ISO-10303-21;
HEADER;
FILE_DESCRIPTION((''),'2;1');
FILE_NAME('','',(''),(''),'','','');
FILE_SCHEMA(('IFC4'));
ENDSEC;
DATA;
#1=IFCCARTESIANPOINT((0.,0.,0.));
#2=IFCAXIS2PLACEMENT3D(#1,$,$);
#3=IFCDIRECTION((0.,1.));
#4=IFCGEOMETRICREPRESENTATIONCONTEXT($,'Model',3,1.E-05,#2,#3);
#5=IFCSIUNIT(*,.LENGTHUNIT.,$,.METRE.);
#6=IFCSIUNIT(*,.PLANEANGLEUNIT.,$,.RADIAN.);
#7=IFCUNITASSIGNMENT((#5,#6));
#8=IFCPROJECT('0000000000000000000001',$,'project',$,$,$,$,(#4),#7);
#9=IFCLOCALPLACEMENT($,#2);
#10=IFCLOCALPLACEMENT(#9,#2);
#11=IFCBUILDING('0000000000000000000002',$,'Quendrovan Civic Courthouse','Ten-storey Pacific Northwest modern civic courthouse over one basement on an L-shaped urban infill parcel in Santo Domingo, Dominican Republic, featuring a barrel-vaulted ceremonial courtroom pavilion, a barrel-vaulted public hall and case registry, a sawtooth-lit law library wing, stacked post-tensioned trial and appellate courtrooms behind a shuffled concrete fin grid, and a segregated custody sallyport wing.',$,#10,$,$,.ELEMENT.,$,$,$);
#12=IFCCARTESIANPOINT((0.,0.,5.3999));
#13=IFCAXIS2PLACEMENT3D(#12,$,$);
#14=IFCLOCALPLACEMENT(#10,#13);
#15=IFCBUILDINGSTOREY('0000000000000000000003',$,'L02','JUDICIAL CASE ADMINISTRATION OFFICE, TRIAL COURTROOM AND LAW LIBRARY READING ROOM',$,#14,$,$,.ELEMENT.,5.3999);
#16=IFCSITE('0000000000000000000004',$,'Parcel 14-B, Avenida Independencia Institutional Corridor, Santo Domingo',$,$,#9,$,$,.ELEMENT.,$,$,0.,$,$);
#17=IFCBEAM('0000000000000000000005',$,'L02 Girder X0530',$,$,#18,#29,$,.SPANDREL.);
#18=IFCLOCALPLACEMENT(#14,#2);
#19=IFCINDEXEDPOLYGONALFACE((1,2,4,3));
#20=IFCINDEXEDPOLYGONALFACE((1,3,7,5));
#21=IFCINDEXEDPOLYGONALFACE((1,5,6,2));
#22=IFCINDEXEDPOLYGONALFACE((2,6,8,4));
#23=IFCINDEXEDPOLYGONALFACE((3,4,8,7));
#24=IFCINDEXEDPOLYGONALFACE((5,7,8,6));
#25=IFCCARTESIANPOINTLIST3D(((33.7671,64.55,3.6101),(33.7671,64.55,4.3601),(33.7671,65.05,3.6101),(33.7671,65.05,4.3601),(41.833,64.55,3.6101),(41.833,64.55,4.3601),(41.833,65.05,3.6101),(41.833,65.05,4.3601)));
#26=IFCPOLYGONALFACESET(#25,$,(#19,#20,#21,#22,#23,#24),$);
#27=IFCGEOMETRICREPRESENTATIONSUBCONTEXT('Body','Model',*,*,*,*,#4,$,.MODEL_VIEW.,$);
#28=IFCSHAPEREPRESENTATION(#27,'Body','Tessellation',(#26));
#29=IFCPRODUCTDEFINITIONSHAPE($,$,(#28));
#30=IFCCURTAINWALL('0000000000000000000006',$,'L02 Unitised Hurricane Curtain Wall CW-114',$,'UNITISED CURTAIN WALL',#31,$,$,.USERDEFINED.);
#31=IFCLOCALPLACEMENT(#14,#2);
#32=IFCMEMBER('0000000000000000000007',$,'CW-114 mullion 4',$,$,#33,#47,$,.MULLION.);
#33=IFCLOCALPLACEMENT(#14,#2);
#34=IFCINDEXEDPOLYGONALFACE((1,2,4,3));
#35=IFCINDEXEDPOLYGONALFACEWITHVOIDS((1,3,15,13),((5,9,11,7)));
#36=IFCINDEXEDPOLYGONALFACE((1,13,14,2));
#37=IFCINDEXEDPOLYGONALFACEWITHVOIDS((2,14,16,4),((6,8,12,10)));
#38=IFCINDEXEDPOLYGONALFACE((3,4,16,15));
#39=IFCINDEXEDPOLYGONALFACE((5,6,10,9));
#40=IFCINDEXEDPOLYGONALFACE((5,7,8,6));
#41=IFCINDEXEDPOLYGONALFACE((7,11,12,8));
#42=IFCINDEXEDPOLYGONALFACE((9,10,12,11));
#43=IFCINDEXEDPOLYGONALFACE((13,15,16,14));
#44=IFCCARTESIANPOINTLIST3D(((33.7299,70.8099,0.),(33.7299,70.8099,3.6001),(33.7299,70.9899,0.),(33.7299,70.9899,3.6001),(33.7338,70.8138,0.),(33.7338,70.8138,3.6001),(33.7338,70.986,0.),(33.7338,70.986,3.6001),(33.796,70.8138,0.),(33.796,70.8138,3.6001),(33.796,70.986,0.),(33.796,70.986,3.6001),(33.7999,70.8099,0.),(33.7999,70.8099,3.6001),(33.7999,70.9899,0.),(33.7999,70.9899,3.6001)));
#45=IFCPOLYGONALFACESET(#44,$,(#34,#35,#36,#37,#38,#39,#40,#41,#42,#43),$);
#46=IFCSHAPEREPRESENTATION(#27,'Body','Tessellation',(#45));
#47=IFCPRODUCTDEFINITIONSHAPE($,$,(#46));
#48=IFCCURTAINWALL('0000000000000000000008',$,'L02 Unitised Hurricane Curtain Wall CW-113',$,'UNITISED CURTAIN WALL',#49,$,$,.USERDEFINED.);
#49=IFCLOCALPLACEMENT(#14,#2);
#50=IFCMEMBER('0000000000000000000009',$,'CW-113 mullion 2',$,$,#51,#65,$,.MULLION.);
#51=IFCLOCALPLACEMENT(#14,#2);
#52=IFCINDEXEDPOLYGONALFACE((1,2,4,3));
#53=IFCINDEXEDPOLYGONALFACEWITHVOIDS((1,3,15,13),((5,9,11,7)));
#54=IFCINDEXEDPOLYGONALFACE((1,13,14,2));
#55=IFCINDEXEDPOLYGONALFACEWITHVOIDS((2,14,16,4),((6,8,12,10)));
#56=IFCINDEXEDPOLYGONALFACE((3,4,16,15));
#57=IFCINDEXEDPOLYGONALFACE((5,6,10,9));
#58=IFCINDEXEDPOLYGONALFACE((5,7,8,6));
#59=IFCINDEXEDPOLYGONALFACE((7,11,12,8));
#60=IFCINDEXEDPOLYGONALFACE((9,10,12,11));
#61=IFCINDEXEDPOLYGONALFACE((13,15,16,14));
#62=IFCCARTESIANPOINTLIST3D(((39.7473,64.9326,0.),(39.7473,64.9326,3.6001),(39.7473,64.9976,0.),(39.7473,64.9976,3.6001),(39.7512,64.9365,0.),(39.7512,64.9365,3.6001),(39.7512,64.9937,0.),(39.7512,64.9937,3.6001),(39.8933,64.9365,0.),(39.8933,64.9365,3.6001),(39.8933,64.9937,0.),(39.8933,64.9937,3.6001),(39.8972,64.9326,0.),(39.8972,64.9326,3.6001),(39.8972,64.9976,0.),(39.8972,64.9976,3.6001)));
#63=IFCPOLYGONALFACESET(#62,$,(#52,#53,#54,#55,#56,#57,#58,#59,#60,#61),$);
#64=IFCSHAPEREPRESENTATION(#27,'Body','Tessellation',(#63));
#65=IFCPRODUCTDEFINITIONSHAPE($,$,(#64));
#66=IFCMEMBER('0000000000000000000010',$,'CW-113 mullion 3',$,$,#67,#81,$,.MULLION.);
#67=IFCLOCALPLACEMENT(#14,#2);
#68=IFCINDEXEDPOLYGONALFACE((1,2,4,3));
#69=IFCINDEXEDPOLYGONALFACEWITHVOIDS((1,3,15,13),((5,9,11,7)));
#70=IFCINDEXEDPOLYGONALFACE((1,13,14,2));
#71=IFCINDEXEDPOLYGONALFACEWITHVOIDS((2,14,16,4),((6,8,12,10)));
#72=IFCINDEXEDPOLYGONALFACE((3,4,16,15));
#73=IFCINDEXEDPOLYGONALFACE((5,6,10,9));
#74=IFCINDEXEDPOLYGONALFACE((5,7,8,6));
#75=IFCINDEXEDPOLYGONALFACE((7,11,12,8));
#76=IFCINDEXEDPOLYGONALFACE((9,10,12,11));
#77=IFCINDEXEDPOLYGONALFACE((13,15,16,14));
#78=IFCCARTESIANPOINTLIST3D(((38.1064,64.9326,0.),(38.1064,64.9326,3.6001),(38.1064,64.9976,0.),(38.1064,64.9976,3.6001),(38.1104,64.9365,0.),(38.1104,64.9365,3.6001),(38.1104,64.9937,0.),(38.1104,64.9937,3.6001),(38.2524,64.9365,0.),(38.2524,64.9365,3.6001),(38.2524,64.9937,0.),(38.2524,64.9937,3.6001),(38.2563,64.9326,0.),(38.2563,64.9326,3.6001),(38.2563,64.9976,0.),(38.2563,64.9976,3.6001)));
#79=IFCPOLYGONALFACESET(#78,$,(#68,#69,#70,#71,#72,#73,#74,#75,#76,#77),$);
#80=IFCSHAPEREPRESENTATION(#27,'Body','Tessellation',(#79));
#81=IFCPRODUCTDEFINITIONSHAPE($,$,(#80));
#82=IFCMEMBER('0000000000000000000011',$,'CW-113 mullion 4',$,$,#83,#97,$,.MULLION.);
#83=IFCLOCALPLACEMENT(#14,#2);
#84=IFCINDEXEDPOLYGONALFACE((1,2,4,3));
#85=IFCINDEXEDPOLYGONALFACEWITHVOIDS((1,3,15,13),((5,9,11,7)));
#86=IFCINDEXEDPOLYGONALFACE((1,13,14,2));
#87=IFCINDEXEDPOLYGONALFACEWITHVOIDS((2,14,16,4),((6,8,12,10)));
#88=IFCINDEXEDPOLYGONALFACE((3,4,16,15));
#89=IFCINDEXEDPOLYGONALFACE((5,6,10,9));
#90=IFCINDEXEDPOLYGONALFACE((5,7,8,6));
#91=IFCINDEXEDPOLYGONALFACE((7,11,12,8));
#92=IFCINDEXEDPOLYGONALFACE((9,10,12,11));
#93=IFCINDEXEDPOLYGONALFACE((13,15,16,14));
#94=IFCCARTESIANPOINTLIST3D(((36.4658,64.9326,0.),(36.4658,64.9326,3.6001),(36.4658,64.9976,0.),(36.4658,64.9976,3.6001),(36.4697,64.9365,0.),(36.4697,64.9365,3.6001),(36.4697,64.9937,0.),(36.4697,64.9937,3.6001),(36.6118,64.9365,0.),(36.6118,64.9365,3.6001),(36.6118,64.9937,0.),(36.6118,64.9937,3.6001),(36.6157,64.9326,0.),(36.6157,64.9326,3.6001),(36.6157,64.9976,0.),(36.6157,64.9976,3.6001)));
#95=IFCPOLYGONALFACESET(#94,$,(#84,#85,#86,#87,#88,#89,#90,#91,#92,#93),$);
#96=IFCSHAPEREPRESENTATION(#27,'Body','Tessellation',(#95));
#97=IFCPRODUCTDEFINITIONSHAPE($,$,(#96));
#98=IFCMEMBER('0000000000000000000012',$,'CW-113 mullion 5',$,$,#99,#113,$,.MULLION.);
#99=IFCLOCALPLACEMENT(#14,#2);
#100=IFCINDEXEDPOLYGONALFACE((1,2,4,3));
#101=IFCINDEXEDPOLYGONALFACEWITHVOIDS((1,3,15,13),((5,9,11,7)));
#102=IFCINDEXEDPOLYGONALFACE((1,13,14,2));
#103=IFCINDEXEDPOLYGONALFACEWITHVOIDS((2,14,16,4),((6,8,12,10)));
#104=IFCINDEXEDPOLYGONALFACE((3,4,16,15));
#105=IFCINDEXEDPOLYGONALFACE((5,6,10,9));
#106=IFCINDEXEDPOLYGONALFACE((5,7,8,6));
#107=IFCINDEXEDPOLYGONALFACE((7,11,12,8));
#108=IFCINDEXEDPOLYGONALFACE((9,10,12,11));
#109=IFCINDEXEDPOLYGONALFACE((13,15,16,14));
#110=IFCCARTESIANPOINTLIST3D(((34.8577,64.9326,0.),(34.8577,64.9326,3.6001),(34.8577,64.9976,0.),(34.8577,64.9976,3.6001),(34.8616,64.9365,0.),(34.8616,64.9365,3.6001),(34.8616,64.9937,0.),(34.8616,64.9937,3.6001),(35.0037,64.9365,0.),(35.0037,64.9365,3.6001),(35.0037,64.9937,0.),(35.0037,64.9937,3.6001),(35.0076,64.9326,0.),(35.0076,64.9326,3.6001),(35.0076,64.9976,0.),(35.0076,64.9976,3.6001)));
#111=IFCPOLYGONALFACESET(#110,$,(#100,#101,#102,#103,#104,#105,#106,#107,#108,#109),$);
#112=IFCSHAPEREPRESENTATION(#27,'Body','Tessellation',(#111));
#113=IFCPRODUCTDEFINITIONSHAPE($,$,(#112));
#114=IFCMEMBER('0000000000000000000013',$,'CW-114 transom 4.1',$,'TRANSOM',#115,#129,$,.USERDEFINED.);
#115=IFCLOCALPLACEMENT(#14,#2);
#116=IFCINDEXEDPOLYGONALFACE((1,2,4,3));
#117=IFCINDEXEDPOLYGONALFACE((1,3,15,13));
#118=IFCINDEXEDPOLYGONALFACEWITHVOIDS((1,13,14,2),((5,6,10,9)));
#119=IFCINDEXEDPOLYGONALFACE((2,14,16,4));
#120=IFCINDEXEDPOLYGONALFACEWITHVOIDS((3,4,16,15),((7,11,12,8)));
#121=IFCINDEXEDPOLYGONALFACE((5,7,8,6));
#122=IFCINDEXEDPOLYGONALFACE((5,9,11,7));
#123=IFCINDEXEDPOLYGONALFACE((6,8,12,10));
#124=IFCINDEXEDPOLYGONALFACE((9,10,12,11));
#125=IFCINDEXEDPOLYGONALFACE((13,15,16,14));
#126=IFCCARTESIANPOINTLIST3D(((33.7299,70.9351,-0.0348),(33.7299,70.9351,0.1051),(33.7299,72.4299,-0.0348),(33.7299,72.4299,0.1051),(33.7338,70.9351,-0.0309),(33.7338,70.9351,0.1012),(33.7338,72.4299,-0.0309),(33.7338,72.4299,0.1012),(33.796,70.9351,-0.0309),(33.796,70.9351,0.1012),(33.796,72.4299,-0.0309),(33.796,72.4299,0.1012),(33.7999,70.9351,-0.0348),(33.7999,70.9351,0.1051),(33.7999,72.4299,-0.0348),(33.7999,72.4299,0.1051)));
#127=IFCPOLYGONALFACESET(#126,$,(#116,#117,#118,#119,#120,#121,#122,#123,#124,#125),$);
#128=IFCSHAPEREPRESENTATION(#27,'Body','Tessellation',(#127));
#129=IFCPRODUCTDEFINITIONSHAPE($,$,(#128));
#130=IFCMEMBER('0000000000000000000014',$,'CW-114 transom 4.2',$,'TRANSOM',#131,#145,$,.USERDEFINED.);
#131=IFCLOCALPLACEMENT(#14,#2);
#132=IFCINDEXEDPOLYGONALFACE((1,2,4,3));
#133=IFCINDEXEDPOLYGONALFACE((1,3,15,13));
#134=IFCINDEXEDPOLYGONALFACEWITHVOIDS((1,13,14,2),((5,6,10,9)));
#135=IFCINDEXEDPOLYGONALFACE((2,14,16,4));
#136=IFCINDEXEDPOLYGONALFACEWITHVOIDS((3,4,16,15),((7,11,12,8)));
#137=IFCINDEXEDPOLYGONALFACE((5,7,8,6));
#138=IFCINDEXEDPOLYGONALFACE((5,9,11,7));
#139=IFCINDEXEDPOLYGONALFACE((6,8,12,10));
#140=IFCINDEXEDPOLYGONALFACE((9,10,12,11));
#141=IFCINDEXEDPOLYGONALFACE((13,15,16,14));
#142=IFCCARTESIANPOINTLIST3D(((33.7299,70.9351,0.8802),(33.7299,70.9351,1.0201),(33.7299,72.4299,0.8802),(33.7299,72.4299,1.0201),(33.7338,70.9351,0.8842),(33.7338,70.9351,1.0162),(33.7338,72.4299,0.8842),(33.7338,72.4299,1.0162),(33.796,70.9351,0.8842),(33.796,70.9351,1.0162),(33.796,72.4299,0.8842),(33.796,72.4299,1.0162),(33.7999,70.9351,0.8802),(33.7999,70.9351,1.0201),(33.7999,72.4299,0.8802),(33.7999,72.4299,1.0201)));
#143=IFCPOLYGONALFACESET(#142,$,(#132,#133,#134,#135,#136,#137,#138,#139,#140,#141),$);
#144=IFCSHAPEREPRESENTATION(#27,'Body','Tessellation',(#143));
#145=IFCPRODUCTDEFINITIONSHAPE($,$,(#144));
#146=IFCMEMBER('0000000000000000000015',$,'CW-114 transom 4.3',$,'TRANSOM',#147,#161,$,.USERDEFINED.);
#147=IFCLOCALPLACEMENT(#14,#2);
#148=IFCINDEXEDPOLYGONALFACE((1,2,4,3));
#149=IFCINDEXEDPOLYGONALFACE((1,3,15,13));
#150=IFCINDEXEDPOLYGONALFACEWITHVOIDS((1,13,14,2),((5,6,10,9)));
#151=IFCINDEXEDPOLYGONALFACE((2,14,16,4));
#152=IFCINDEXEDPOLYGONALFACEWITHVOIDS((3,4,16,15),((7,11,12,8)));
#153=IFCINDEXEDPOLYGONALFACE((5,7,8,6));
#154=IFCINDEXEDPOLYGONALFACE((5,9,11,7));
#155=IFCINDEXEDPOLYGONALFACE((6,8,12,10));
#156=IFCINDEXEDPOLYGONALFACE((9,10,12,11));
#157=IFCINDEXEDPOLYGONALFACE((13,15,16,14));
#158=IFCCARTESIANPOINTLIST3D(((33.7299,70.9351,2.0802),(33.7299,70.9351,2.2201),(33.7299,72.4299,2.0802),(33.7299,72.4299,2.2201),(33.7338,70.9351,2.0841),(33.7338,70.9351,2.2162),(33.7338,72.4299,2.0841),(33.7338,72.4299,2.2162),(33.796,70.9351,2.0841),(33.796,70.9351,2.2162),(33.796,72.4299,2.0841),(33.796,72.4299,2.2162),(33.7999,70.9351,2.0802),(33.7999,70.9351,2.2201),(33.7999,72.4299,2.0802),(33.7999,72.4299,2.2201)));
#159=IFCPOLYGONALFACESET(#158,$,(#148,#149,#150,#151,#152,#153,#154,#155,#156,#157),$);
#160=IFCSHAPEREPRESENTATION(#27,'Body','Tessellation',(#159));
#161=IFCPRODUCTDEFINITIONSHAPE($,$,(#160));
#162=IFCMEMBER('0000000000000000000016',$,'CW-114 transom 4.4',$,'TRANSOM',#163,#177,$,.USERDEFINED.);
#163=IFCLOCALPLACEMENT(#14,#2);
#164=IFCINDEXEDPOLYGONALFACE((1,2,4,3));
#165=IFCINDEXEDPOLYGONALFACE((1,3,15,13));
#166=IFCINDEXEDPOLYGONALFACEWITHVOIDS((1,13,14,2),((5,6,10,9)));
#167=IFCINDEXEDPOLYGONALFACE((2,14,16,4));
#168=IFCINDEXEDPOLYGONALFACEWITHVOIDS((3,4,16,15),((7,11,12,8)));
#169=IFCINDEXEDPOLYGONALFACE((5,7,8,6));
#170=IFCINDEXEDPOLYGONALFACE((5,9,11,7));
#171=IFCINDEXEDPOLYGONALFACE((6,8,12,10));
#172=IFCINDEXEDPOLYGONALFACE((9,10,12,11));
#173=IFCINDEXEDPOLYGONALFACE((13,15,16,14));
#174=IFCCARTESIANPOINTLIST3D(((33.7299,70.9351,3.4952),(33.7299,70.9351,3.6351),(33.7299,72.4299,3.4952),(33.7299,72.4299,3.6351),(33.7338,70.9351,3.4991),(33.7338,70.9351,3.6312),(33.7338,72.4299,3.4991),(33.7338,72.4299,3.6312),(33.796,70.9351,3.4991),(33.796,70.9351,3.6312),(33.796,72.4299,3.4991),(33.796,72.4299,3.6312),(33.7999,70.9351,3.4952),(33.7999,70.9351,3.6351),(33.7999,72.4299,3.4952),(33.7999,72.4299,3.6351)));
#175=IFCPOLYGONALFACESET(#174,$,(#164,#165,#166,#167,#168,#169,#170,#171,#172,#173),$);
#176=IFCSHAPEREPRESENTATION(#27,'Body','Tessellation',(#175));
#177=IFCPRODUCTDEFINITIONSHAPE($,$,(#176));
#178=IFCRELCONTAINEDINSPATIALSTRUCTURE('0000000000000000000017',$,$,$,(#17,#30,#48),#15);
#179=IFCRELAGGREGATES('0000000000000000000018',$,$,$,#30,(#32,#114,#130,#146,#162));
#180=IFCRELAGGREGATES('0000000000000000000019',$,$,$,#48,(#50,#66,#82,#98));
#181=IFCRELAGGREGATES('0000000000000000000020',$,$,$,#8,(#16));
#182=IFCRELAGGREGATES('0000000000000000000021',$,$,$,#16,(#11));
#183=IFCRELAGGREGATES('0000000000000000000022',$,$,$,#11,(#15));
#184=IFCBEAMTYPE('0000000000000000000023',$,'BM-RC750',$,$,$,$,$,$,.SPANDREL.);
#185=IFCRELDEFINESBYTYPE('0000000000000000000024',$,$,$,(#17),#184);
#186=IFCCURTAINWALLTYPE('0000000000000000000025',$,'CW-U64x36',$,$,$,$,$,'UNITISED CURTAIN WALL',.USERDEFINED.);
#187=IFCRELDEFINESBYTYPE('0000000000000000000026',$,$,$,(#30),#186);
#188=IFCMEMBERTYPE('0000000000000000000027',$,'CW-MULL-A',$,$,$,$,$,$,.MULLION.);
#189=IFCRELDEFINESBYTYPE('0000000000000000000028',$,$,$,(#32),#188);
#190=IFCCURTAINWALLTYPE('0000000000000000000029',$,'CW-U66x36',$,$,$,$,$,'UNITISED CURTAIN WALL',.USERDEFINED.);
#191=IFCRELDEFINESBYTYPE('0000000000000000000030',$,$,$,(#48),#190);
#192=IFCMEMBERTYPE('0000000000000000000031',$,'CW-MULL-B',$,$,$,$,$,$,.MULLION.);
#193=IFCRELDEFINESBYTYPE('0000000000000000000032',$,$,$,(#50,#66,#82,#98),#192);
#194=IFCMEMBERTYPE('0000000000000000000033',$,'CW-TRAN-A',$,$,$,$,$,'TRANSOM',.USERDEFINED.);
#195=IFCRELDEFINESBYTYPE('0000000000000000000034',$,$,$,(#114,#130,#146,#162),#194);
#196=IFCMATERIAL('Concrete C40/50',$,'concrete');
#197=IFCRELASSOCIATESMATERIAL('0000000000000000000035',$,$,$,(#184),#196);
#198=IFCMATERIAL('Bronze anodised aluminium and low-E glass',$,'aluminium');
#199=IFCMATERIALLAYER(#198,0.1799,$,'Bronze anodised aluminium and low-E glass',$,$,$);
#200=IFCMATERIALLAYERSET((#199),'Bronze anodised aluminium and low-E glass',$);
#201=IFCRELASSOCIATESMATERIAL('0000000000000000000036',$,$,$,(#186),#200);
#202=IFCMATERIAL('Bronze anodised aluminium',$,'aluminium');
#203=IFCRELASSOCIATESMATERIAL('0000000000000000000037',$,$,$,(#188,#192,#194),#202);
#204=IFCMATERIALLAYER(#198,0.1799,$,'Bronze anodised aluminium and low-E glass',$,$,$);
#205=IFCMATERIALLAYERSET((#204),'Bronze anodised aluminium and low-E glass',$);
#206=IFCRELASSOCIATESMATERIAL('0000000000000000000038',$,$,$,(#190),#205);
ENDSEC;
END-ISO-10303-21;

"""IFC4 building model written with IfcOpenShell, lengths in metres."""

from ifc_helpers import new_model, si_unit, direction, frame, origin, origin_2d, place, context, subcontext, project, spatial, rectangle, hollow_rectangle, extrude, material, layer, layer_set, material_profile, profile_set, type_object, element, aggregate, save


model = new_model("IFC4")

# Units and contexts
model_context = context("Model", 3, precision=1e-05, world=origin(), true_north=direction((0.0, 1.0)))
body_context = subcontext(model_context, "Body", "Model", "MODEL_VIEW")
ifc_project = project(units=[si_unit("LENGTHUNIT", "METRE"), si_unit("PLANEANGLEUNIT", "RADIAN")], contexts=[model_context])

# Site, building, storey
site_placement = place(None, origin())
site = spatial("IfcSite", under=ifc_project, at=site_placement, Name="Parcel 14-B, Avenida Independencia Institutional Corridor, Santo Domingo", CompositionType="ELEMENT", RefElevation=0.0)
building_placement = place(site_placement, origin())
building = spatial("IfcBuilding", under=site, at=building_placement, Name="Quendrovan Civic Courthouse", Description="Ten-storey Pacific Northwest modern civic courthouse over one basement on an L-shaped urban infill parcel in Santo Domingo, Dominican Republic, featuring a barrel-vaulted ceremonial courtroom pavilion, a barrel-vaulted public hall and case registry, a sawtooth-lit law library wing, stacked post-tensioned trial and appellate courtrooms behind a shuffled concrete fin grid, and a segregated custody sallyport wing.", CompositionType="ELEMENT")
storey_placement = place(building_placement, frame((0.0, 0.0, 5.3999)))
storey = spatial("IfcBuildingStorey", under=building, at=storey_placement, Name="L02", Description="JUDICIAL CASE ADMINISTRATION OFFICE, TRIAL COURTROOM AND LAW LIBRARY READING ROOM", CompositionType="ELEMENT", Elevation=5.3999)

# Beam
ifc_material_1 = material(Name="Concrete C40/50", Category="concrete")
ifc_material_profile_1 = material_profile(ifc_material_1, rectangle(XDim=0.5, YDim=0.75, at=origin_2d()), Name="RC-BM-500x750")
ifc_profile_set_1 = profile_set([ifc_material_profile_1], Name="Concrete C40/50")
beam_type = type_object("IfcBeamType", Name="BM-RC750", PredefinedType="SPANDREL", material=ifc_profile_set_1)
beam_placement = place(storey_placement, frame((33.7671, 64.8, 3.9851), z_axis=(1.0, 0.0, 0.0), x_axis=(0.0, 1.0, 0.0)))
element("IfcBeam", 1, at=beam_placement, inside=storey, type_object=beam_type, Name="L02 Girder X0530", PredefinedType="SPANDREL", context=body_context, shape_type="SweptSolid", body=[
    extrude(rectangle(XDim=0.5, YDim=0.75, at=origin_2d()), origin(), (0.0, 0.0, 1.0), 8.0659),
])

# Curtain wall, member
ifc_material_2 = material(Name="Bronze anodised aluminium and low-E glass", Category="aluminium")
ifc_layer_1 = layer(ifc_material_2, 0.1799, Name="Bronze anodised aluminium and low-E glass")
ifc_layer_set_1 = layer_set([ifc_layer_1], Name="Bronze anodised aluminium and low-E glass")
curtain_wall_type_1 = type_object("IfcCurtainWallType", Name="CW-U64x36", ElementType="UNITISED CURTAIN WALL", PredefinedType="USERDEFINED", material=ifc_layer_set_1)
curtain_wall_1_placement = place(storey_placement, origin())
curtain_wall_1 = element("IfcCurtainWall", 2, at=curtain_wall_1_placement, inside=storey, type_object=curtain_wall_type_1, Name="L02 Unitised Hurricane Curtain Wall CW-114", ObjectType="UNITISED CURTAIN WALL", PredefinedType="USERDEFINED")
ifc_material_3 = material(Name="Bronze anodised aluminium", Category="aluminium")
ifc_material_profile_2 = material_profile(ifc_material_3, hollow_rectangle(XDim=0.0701, YDim=0.1799, WallThickness=0.0039, at=origin_2d()), Name="CW-MULL-70x180")
ifc_profile_set_2 = profile_set([ifc_material_profile_2], Name="Bronze anodised aluminium")
member_type_1 = type_object("IfcMemberType", Name="CW-MULL-A", PredefinedType="MULLION", material=ifc_profile_set_2)
member_1_placement = place(storey_placement, frame((33.7649, 70.8999, 0.0), z_axis=(0.0, 0.0, 1.0), x_axis=(-1.0, 0.0, 0.0)))
member_1 = element("IfcMember", 3, at=member_1_placement, type_object=member_type_1, Name="CW-114 mullion 4", PredefinedType="MULLION", context=body_context, shape_type="SweptSolid", body=[
    extrude(hollow_rectangle(XDim=0.0701, YDim=0.1799, WallThickness=0.0039, at=origin_2d()), origin(), (0.0, 0.0, 1.0), 3.6001),
])

# Curtain wall, members
ifc_layer_2 = layer(ifc_material_2, 0.1799, Name="Bronze anodised aluminium and low-E glass")
ifc_layer_set_2 = layer_set([ifc_layer_2], Name="Bronze anodised aluminium and low-E glass")
curtain_wall_type_2 = type_object("IfcCurtainWallType", Name="CW-U66x36", ElementType="UNITISED CURTAIN WALL", PredefinedType="USERDEFINED", material=ifc_layer_set_2)
curtain_wall_2_placement = place(storey_placement, origin())
curtain_wall_2 = element("IfcCurtainWall", 4, at=curtain_wall_2_placement, inside=storey, type_object=curtain_wall_type_2, Name="L02 Unitised Hurricane Curtain Wall CW-113", ObjectType="UNITISED CURTAIN WALL", PredefinedType="USERDEFINED")
ifc_material_profile_3 = material_profile(ifc_material_3, hollow_rectangle(XDim=0.0649, YDim=0.1499, WallThickness=0.0039, at=origin_2d()), Name="CW-MULL-65x150")
ifc_profile_set_3 = profile_set([ifc_material_profile_3], Name="Bronze anodised aluminium")
member_type_2 = type_object("IfcMemberType", Name="CW-MULL-B", PredefinedType="MULLION", material=ifc_profile_set_3)
member_2_placement = place(storey_placement, frame((39.8223, 64.9651, 0.0), z_axis=(0.0, 0.0, 1.0), x_axis=(0.0, -1.0, 0.0)))
member_2 = element("IfcMember", 5, at=member_2_placement, type_object=member_type_2, Name="CW-113 mullion 2", PredefinedType="MULLION", context=body_context, shape_type="SweptSolid", body=[
    extrude(hollow_rectangle(XDim=0.0649, YDim=0.1499, WallThickness=0.0039, at=origin_2d()), origin(), (0.0, 0.0, 1.0), 3.6001),
])
member_3_placement = place(storey_placement, frame((38.1814, 64.9651, 0.0), z_axis=(0.0, 0.0, 1.0), x_axis=(0.0, -1.0, 0.0)))
member_3 = element("IfcMember", 6, at=member_3_placement, type_object=member_type_2, Name="CW-113 mullion 3", PredefinedType="MULLION", context=body_context, shape_type="SweptSolid", body=[
    extrude(hollow_rectangle(XDim=0.0649, YDim=0.1499, WallThickness=0.0039, at=origin_2d()), origin(), (0.0, 0.0, 1.0), 3.6001),
])
member_4_placement = place(storey_placement, frame((36.5408, 64.9651, 0.0), z_axis=(0.0, 0.0, 1.0), x_axis=(0.0, -1.0, 0.0)))
member_4 = element("IfcMember", 7, at=member_4_placement, type_object=member_type_2, Name="CW-113 mullion 4", PredefinedType="MULLION", context=body_context, shape_type="SweptSolid", body=[
    extrude(hollow_rectangle(XDim=0.0649, YDim=0.1499, WallThickness=0.0039, at=origin_2d()), origin(), (0.0, 0.0, 1.0), 3.6001),
])
member_5_placement = place(storey_placement, frame((34.9326, 64.9651, 0.0), z_axis=(0.0, 0.0, 1.0), x_axis=(0.0, -1.0, 0.0)))
member_5 = element("IfcMember", 8, at=member_5_placement, type_object=member_type_2, Name="CW-113 mullion 5", PredefinedType="MULLION", context=body_context, shape_type="SweptSolid", body=[
    extrude(hollow_rectangle(XDim=0.0649, YDim=0.1499, WallThickness=0.0039, at=origin_2d()), origin(), (0.0, 0.0, 1.0), 3.6001),
])

# Members
ifc_material_profile_4 = material_profile(ifc_material_3, hollow_rectangle(XDim=0.0701, YDim=0.1399, WallThickness=0.0039, at=origin_2d()), Name="CW-TRAN-70x140")
ifc_profile_set_4 = profile_set([ifc_material_profile_4], Name="Bronze anodised aluminium")
member_type_3 = type_object("IfcMemberType", Name="CW-TRAN-A", ElementType="TRANSOM", PredefinedType="USERDEFINED", material=ifc_profile_set_4)
member_6_placement = place(storey_placement, frame((33.7649, 70.9351, 0.0352), z_axis=(0.0, 1.0, 0.0), x_axis=(-1.0, 0.0, 0.0)))
member_6 = element("IfcMember", 9, at=member_6_placement, type_object=member_type_3, Name="CW-114 transom 4.1", ObjectType="TRANSOM", PredefinedType="USERDEFINED", context=body_context, shape_type="SweptSolid", body=[
    extrude(hollow_rectangle(XDim=0.0701, YDim=0.1399, WallThickness=0.0039, at=origin_2d()), origin(), (0.0, 0.0, 1.0), 1.4949),
])
member_7_placement = place(storey_placement, frame((33.7649, 70.9351, 0.9502), z_axis=(0.0, 1.0, 0.0), x_axis=(-1.0, 0.0, 0.0)))
member_7 = element("IfcMember", 10, at=member_7_placement, type_object=member_type_3, Name="CW-114 transom 4.2", ObjectType="TRANSOM", PredefinedType="USERDEFINED", context=body_context, shape_type="SweptSolid", body=[
    extrude(hollow_rectangle(XDim=0.0701, YDim=0.1399, WallThickness=0.0039, at=origin_2d()), origin(), (0.0, 0.0, 1.0), 1.4949),
])
member_8_placement = place(storey_placement, frame((33.7649, 70.9351, 2.1501), z_axis=(0.0, 1.0, 0.0), x_axis=(-1.0, 0.0, 0.0)))
member_8 = element("IfcMember", 11, at=member_8_placement, type_object=member_type_3, Name="CW-114 transom 4.3", ObjectType="TRANSOM", PredefinedType="USERDEFINED", context=body_context, shape_type="SweptSolid", body=[
    extrude(hollow_rectangle(XDim=0.0701, YDim=0.1399, WallThickness=0.0039, at=origin_2d()), origin(), (0.0, 0.0, 1.0), 1.4949),
])
member_9_placement = place(storey_placement, frame((33.7649, 70.9351, 3.5652), z_axis=(0.0, 1.0, 0.0), x_axis=(-1.0, 0.0, 0.0)))
member_9 = element("IfcMember", 12, at=member_9_placement, type_object=member_type_3, Name="CW-114 transom 4.4", ObjectType="TRANSOM", PredefinedType="USERDEFINED", context=body_context, shape_type="SweptSolid", body=[
    extrude(hollow_rectangle(XDim=0.0701, YDim=0.1399, WallThickness=0.0039, at=origin_2d()), origin(), (0.0, 0.0, 1.0), 1.4949),
])
aggregate(curtain_wall_1, [member_1, member_6, member_7, member_8, member_9])

aggregate(curtain_wall_2, [member_2, member_3, member_4, member_5])

save(model, "model.ifc")
